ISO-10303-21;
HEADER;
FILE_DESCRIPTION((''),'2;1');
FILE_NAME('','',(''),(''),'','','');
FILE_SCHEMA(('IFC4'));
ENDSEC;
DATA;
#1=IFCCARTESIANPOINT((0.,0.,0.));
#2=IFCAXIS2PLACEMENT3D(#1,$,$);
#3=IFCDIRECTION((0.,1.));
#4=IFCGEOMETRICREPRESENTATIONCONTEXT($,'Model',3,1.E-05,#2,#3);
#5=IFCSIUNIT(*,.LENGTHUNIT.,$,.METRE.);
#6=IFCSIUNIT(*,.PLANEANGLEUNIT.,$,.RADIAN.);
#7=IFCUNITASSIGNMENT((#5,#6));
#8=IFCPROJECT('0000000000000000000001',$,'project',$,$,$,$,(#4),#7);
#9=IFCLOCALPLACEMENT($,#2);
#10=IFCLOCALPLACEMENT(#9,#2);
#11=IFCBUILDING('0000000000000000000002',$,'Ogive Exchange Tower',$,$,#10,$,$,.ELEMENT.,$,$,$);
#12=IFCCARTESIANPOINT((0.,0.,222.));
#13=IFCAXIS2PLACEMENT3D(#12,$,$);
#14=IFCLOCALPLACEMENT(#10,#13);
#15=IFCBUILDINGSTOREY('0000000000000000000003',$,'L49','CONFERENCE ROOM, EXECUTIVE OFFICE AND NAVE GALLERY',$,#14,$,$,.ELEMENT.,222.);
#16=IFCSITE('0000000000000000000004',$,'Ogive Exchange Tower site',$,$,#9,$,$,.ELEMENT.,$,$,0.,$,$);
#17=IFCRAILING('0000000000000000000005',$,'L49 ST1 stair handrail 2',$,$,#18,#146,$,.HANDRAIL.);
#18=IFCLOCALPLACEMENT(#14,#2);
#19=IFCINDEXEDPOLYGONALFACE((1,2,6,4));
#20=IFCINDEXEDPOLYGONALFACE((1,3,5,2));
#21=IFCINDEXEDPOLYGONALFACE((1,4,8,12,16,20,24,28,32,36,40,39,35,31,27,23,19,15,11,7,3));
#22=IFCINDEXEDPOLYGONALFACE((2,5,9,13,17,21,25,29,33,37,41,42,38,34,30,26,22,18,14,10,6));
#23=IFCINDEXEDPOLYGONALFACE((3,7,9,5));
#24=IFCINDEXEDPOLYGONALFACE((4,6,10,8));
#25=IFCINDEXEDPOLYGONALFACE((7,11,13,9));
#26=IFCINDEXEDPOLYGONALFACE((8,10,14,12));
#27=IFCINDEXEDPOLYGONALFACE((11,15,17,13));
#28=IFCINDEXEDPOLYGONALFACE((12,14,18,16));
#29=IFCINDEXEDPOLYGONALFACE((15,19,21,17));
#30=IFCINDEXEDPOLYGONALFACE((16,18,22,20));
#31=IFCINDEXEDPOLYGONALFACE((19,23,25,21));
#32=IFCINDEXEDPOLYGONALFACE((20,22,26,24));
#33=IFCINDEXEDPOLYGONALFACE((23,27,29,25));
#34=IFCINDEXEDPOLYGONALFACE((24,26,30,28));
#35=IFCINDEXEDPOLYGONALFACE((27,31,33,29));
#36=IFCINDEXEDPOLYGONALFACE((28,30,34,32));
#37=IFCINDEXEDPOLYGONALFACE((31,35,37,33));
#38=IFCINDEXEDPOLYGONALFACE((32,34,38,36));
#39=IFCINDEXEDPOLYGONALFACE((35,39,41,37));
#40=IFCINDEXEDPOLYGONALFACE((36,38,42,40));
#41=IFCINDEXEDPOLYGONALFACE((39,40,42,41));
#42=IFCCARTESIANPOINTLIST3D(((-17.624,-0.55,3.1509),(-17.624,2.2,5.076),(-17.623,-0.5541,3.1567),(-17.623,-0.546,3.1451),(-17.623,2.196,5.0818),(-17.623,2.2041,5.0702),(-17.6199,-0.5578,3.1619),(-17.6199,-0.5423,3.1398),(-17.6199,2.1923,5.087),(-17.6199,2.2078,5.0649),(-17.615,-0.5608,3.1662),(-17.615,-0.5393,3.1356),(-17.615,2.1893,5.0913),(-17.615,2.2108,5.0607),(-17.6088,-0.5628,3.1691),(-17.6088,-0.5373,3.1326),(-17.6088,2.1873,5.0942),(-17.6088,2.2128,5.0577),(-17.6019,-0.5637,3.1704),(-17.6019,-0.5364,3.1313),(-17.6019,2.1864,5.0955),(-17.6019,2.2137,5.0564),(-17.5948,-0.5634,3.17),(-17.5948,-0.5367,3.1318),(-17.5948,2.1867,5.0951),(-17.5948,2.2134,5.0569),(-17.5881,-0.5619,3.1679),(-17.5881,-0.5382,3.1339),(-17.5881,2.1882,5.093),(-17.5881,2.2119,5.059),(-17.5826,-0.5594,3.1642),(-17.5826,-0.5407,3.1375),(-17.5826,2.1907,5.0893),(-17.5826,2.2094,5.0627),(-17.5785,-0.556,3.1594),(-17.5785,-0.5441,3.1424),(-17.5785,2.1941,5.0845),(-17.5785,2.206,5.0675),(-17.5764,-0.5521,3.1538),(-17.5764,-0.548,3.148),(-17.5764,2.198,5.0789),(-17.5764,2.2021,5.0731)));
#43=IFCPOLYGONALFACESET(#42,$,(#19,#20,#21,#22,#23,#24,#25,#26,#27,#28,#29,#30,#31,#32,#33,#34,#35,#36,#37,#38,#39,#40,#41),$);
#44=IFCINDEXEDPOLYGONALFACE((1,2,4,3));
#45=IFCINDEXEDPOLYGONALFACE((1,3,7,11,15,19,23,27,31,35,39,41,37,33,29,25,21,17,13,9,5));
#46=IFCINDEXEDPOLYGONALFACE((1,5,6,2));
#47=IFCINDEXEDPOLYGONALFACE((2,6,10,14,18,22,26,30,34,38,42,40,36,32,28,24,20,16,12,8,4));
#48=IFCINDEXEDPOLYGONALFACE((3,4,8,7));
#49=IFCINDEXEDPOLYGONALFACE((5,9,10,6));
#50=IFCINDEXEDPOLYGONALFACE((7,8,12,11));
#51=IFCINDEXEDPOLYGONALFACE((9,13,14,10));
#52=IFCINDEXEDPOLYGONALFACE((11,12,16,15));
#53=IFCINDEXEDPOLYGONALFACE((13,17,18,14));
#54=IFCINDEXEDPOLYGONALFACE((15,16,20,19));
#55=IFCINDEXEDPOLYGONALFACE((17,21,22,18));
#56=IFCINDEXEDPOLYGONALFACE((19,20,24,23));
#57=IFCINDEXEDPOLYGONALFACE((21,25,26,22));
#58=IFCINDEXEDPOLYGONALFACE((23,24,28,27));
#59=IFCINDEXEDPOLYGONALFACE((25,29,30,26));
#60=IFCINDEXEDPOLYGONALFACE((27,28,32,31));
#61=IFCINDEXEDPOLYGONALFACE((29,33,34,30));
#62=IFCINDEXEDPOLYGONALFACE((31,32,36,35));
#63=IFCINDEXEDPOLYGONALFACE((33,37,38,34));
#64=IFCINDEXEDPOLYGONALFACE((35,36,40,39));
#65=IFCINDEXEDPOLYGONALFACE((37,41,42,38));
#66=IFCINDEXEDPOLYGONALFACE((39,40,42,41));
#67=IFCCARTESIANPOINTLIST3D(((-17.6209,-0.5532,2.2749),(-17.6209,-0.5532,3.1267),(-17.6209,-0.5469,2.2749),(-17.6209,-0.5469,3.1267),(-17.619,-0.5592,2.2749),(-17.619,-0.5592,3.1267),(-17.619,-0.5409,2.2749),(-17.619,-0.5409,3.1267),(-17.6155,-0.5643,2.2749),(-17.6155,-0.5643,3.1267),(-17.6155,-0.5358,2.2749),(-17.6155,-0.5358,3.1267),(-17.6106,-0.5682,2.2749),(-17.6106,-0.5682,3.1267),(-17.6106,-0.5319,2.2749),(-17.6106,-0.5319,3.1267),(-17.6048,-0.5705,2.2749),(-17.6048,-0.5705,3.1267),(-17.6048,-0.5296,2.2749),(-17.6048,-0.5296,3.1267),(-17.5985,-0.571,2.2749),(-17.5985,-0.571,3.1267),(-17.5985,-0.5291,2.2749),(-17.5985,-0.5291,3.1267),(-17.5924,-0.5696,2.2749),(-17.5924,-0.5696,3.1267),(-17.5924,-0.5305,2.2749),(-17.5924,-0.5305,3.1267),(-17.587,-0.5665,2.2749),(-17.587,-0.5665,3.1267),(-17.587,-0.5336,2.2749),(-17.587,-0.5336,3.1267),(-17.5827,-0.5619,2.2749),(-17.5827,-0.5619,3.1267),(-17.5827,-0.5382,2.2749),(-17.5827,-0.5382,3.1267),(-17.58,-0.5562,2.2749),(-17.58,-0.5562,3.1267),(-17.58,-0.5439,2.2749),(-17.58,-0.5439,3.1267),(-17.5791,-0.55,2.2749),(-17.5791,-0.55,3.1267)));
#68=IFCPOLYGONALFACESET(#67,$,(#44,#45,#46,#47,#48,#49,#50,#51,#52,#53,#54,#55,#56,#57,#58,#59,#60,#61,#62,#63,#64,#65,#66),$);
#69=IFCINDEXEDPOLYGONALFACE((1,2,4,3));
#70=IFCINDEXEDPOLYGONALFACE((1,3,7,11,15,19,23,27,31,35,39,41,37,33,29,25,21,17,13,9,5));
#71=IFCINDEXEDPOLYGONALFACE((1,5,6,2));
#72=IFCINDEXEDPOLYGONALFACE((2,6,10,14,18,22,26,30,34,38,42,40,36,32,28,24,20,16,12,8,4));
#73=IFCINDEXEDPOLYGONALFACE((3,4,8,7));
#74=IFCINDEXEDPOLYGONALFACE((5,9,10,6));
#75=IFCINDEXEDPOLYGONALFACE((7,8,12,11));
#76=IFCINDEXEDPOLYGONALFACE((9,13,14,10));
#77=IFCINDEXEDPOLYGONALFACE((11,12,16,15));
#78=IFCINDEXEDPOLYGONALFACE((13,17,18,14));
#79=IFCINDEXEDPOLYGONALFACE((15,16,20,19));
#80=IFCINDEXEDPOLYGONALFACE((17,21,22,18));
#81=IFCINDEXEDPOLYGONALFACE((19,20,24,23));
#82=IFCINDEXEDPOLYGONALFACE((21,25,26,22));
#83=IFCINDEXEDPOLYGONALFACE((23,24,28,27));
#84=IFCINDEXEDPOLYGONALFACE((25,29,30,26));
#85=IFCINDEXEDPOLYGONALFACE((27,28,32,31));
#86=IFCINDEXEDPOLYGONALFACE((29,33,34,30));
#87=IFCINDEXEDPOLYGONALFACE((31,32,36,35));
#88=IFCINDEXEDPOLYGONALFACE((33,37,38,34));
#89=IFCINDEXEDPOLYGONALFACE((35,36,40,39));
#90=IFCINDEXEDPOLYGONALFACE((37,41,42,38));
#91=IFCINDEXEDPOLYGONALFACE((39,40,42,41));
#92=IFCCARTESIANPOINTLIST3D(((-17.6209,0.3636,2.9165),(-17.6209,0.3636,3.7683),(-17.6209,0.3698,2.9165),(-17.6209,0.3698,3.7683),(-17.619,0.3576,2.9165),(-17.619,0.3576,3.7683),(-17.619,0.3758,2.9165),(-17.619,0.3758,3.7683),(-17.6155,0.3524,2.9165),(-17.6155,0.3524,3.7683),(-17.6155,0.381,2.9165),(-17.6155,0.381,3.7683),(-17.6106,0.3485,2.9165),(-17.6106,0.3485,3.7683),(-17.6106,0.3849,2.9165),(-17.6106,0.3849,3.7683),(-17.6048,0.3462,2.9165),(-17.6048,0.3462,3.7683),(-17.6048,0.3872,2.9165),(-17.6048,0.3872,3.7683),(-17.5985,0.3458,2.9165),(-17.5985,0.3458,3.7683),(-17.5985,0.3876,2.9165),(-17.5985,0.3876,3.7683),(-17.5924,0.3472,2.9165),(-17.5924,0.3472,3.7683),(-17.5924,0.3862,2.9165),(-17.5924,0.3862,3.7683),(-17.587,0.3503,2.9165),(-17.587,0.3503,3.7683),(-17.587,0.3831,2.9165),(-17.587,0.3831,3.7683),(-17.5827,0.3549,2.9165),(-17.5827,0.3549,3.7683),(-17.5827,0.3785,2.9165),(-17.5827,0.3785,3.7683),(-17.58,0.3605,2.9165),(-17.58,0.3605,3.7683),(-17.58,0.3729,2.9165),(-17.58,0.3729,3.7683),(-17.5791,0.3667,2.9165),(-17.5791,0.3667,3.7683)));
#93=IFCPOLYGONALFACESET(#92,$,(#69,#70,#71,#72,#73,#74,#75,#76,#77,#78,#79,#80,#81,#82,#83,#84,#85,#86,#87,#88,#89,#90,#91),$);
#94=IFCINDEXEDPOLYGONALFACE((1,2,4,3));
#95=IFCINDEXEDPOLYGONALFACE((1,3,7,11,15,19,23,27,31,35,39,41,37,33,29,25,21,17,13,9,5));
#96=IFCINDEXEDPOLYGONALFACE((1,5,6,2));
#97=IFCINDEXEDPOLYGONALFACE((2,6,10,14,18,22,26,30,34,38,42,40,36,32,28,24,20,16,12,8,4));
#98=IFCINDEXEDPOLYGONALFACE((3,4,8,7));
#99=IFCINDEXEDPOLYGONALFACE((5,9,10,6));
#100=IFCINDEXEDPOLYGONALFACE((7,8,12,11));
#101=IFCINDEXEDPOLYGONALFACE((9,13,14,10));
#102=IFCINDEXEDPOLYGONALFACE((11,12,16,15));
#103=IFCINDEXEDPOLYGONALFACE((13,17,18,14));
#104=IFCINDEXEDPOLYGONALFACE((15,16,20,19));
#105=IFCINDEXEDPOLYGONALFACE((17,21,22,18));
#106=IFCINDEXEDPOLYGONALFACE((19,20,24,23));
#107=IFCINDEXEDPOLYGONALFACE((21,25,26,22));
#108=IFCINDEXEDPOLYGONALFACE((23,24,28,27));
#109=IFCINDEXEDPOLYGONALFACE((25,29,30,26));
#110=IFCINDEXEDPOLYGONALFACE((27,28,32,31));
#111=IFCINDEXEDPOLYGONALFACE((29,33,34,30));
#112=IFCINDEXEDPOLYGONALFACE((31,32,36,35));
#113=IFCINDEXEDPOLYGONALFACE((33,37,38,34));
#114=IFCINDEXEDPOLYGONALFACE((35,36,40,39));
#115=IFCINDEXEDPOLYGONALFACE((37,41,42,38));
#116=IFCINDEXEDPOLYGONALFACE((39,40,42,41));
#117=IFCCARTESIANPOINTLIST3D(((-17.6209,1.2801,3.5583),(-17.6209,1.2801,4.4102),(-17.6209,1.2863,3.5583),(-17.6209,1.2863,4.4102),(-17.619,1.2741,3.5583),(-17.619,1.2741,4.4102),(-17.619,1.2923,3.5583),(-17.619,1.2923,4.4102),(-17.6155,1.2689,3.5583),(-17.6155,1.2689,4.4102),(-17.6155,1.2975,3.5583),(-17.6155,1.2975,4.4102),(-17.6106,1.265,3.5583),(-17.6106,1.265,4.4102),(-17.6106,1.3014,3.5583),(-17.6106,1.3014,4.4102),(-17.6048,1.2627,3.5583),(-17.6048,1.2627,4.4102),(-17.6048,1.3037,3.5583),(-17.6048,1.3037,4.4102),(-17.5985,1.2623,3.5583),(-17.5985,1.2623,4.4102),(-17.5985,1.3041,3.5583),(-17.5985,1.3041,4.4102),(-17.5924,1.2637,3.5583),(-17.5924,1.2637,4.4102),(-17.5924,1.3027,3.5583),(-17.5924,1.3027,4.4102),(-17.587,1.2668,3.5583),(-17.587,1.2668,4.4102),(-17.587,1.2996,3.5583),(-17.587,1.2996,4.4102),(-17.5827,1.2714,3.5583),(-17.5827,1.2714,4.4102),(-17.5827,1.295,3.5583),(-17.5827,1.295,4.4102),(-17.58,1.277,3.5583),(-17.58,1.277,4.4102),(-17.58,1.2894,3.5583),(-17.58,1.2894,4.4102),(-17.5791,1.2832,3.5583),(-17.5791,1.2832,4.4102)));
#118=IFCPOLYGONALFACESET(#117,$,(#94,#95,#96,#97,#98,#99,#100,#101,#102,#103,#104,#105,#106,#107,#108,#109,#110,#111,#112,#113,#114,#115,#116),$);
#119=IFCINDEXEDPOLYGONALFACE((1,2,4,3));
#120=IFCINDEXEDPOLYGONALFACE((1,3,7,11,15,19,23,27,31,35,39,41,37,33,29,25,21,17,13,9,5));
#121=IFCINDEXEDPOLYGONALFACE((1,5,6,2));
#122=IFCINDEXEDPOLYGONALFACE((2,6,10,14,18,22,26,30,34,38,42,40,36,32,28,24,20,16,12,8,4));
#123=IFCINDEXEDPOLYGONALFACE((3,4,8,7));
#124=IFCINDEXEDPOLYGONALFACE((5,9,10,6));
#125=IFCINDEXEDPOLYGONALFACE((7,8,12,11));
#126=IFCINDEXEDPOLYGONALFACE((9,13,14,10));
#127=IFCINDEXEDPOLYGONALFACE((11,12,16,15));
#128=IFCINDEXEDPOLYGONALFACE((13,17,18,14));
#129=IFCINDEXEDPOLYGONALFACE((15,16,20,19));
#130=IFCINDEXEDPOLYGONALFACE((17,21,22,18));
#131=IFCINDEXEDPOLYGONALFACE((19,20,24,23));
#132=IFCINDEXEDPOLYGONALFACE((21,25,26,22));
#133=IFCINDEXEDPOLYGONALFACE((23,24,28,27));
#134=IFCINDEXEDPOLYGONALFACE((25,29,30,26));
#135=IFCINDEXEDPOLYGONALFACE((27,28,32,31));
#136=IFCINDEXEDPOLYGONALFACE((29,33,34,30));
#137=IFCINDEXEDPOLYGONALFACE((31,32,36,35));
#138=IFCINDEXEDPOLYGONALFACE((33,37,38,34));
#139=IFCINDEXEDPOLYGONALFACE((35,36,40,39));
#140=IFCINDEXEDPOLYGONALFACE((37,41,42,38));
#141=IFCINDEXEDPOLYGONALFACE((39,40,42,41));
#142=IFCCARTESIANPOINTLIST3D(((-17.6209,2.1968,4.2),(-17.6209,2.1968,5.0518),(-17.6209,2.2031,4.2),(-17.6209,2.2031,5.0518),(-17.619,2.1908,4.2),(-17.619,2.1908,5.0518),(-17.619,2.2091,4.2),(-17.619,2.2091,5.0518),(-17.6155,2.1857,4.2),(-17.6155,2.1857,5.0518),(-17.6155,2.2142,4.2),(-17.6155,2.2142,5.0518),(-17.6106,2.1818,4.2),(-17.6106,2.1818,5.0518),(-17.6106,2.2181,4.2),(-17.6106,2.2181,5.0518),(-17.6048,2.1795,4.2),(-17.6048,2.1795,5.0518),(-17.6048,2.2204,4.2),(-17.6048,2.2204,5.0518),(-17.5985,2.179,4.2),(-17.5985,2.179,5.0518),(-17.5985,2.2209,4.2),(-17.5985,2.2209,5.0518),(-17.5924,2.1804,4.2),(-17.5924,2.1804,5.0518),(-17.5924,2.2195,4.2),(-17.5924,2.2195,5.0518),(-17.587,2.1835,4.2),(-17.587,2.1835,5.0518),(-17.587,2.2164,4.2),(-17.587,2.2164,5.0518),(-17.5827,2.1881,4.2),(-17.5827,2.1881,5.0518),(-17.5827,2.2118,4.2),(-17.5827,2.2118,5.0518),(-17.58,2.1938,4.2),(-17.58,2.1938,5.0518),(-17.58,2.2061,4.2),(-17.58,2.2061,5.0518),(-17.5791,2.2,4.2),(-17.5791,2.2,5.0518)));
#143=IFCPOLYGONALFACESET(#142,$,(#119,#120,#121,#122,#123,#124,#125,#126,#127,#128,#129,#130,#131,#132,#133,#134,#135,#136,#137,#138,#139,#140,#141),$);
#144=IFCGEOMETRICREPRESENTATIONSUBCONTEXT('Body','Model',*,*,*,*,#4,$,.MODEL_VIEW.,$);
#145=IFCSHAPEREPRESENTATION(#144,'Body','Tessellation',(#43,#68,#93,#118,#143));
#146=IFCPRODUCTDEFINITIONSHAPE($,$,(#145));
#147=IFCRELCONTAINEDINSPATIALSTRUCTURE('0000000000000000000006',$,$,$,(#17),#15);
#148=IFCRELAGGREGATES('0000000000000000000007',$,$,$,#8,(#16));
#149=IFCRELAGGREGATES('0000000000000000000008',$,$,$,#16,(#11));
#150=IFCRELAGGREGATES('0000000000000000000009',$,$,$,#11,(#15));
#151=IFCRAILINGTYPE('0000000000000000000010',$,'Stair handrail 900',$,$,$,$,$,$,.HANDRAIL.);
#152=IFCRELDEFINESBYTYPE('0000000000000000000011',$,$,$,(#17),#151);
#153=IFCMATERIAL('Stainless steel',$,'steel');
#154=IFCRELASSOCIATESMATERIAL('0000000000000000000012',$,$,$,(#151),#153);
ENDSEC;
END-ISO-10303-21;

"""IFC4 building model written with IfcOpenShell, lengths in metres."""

from ifc_helpers import new_model, si_unit, direction, frame, origin, origin_2d, place, context, subcontext, project, spatial, circle, extrude, material, type_object, element, save


model = new_model("IFC4")

# Units and contexts
model_context = context("Model", 3, precision=1e-05, world=origin(), true_north=direction((0.0, 1.0)))
body_context = subcontext(model_context, "Body", "Model", "MODEL_VIEW")
ifc_project = project(units=[si_unit("LENGTHUNIT", "METRE"), si_unit("PLANEANGLEUNIT", "RADIAN")], contexts=[model_context])

# Site, building, storey
site_placement = place(None, origin())
site = spatial("IfcSite", under=ifc_project, at=site_placement, Name="Ogive Exchange Tower site", CompositionType="ELEMENT", RefElevation=0.0)
building_placement = place(site_placement, origin())
building = spatial("IfcBuilding", under=site, at=building_placement, Name="Ogive Exchange Tower", CompositionType="ELEMENT")
storey_placement = place(building_placement, frame((0.0, 0.0, 222.0)))
storey = spatial("IfcBuildingStorey", under=building, at=storey_placement, Name="L49", Description="CONFERENCE ROOM, EXECUTIVE OFFICE AND NAVE GALLERY", CompositionType="ELEMENT", Elevation=222.0)

# Shared definitions
ifc_material_1 = material(Name="Stainless steel", Category="steel")

# Railing
railing_type = type_object("IfcRailingType", Name="Stair handrail 900", PredefinedType="HANDRAIL", material=ifc_material_1)
railing_1_placement = place(storey_placement, frame((-17.6001, -0.55, 2.2749)))
element("IfcRailing", 1, at=railing_1_placement, inside=storey, type_object=railing_type, Name="L49 ST1 stair handrail 2", PredefinedType="HANDRAIL", context=body_context, shape_type="SweptSolid", body=[
    extrude(circle(Radius=0.0239, at=origin_2d()), frame((0.0, 0.0, 0.876), z_axis=(0.0, 0.819225, 0.573472), x_axis=(-1.0, 0.0, 0.0)), (0.0, 0.0, 1.0), 3.3569),
    extrude(circle(Radius=0.021, at=origin_2d()), origin(), (0.0, 0.0, 1.0), 0.8518),
    extrude(circle(Radius=0.021, at=origin_2d()), frame((0.0, 0.9167, 0.6416)), (0.0, 0.0, 1.0), 0.8518),
    extrude(circle(Radius=0.021, at=origin_2d()), frame((0.0, 1.8333, 1.2834)), (0.0, 0.0, 1.0), 0.8518),
    extrude(circle(Radius=0.021, at=origin_2d()), frame((0.0, 2.75, 1.925)), (0.0, 0.0, 1.0), 0.8518),
])

save(model, "model.ifc")
